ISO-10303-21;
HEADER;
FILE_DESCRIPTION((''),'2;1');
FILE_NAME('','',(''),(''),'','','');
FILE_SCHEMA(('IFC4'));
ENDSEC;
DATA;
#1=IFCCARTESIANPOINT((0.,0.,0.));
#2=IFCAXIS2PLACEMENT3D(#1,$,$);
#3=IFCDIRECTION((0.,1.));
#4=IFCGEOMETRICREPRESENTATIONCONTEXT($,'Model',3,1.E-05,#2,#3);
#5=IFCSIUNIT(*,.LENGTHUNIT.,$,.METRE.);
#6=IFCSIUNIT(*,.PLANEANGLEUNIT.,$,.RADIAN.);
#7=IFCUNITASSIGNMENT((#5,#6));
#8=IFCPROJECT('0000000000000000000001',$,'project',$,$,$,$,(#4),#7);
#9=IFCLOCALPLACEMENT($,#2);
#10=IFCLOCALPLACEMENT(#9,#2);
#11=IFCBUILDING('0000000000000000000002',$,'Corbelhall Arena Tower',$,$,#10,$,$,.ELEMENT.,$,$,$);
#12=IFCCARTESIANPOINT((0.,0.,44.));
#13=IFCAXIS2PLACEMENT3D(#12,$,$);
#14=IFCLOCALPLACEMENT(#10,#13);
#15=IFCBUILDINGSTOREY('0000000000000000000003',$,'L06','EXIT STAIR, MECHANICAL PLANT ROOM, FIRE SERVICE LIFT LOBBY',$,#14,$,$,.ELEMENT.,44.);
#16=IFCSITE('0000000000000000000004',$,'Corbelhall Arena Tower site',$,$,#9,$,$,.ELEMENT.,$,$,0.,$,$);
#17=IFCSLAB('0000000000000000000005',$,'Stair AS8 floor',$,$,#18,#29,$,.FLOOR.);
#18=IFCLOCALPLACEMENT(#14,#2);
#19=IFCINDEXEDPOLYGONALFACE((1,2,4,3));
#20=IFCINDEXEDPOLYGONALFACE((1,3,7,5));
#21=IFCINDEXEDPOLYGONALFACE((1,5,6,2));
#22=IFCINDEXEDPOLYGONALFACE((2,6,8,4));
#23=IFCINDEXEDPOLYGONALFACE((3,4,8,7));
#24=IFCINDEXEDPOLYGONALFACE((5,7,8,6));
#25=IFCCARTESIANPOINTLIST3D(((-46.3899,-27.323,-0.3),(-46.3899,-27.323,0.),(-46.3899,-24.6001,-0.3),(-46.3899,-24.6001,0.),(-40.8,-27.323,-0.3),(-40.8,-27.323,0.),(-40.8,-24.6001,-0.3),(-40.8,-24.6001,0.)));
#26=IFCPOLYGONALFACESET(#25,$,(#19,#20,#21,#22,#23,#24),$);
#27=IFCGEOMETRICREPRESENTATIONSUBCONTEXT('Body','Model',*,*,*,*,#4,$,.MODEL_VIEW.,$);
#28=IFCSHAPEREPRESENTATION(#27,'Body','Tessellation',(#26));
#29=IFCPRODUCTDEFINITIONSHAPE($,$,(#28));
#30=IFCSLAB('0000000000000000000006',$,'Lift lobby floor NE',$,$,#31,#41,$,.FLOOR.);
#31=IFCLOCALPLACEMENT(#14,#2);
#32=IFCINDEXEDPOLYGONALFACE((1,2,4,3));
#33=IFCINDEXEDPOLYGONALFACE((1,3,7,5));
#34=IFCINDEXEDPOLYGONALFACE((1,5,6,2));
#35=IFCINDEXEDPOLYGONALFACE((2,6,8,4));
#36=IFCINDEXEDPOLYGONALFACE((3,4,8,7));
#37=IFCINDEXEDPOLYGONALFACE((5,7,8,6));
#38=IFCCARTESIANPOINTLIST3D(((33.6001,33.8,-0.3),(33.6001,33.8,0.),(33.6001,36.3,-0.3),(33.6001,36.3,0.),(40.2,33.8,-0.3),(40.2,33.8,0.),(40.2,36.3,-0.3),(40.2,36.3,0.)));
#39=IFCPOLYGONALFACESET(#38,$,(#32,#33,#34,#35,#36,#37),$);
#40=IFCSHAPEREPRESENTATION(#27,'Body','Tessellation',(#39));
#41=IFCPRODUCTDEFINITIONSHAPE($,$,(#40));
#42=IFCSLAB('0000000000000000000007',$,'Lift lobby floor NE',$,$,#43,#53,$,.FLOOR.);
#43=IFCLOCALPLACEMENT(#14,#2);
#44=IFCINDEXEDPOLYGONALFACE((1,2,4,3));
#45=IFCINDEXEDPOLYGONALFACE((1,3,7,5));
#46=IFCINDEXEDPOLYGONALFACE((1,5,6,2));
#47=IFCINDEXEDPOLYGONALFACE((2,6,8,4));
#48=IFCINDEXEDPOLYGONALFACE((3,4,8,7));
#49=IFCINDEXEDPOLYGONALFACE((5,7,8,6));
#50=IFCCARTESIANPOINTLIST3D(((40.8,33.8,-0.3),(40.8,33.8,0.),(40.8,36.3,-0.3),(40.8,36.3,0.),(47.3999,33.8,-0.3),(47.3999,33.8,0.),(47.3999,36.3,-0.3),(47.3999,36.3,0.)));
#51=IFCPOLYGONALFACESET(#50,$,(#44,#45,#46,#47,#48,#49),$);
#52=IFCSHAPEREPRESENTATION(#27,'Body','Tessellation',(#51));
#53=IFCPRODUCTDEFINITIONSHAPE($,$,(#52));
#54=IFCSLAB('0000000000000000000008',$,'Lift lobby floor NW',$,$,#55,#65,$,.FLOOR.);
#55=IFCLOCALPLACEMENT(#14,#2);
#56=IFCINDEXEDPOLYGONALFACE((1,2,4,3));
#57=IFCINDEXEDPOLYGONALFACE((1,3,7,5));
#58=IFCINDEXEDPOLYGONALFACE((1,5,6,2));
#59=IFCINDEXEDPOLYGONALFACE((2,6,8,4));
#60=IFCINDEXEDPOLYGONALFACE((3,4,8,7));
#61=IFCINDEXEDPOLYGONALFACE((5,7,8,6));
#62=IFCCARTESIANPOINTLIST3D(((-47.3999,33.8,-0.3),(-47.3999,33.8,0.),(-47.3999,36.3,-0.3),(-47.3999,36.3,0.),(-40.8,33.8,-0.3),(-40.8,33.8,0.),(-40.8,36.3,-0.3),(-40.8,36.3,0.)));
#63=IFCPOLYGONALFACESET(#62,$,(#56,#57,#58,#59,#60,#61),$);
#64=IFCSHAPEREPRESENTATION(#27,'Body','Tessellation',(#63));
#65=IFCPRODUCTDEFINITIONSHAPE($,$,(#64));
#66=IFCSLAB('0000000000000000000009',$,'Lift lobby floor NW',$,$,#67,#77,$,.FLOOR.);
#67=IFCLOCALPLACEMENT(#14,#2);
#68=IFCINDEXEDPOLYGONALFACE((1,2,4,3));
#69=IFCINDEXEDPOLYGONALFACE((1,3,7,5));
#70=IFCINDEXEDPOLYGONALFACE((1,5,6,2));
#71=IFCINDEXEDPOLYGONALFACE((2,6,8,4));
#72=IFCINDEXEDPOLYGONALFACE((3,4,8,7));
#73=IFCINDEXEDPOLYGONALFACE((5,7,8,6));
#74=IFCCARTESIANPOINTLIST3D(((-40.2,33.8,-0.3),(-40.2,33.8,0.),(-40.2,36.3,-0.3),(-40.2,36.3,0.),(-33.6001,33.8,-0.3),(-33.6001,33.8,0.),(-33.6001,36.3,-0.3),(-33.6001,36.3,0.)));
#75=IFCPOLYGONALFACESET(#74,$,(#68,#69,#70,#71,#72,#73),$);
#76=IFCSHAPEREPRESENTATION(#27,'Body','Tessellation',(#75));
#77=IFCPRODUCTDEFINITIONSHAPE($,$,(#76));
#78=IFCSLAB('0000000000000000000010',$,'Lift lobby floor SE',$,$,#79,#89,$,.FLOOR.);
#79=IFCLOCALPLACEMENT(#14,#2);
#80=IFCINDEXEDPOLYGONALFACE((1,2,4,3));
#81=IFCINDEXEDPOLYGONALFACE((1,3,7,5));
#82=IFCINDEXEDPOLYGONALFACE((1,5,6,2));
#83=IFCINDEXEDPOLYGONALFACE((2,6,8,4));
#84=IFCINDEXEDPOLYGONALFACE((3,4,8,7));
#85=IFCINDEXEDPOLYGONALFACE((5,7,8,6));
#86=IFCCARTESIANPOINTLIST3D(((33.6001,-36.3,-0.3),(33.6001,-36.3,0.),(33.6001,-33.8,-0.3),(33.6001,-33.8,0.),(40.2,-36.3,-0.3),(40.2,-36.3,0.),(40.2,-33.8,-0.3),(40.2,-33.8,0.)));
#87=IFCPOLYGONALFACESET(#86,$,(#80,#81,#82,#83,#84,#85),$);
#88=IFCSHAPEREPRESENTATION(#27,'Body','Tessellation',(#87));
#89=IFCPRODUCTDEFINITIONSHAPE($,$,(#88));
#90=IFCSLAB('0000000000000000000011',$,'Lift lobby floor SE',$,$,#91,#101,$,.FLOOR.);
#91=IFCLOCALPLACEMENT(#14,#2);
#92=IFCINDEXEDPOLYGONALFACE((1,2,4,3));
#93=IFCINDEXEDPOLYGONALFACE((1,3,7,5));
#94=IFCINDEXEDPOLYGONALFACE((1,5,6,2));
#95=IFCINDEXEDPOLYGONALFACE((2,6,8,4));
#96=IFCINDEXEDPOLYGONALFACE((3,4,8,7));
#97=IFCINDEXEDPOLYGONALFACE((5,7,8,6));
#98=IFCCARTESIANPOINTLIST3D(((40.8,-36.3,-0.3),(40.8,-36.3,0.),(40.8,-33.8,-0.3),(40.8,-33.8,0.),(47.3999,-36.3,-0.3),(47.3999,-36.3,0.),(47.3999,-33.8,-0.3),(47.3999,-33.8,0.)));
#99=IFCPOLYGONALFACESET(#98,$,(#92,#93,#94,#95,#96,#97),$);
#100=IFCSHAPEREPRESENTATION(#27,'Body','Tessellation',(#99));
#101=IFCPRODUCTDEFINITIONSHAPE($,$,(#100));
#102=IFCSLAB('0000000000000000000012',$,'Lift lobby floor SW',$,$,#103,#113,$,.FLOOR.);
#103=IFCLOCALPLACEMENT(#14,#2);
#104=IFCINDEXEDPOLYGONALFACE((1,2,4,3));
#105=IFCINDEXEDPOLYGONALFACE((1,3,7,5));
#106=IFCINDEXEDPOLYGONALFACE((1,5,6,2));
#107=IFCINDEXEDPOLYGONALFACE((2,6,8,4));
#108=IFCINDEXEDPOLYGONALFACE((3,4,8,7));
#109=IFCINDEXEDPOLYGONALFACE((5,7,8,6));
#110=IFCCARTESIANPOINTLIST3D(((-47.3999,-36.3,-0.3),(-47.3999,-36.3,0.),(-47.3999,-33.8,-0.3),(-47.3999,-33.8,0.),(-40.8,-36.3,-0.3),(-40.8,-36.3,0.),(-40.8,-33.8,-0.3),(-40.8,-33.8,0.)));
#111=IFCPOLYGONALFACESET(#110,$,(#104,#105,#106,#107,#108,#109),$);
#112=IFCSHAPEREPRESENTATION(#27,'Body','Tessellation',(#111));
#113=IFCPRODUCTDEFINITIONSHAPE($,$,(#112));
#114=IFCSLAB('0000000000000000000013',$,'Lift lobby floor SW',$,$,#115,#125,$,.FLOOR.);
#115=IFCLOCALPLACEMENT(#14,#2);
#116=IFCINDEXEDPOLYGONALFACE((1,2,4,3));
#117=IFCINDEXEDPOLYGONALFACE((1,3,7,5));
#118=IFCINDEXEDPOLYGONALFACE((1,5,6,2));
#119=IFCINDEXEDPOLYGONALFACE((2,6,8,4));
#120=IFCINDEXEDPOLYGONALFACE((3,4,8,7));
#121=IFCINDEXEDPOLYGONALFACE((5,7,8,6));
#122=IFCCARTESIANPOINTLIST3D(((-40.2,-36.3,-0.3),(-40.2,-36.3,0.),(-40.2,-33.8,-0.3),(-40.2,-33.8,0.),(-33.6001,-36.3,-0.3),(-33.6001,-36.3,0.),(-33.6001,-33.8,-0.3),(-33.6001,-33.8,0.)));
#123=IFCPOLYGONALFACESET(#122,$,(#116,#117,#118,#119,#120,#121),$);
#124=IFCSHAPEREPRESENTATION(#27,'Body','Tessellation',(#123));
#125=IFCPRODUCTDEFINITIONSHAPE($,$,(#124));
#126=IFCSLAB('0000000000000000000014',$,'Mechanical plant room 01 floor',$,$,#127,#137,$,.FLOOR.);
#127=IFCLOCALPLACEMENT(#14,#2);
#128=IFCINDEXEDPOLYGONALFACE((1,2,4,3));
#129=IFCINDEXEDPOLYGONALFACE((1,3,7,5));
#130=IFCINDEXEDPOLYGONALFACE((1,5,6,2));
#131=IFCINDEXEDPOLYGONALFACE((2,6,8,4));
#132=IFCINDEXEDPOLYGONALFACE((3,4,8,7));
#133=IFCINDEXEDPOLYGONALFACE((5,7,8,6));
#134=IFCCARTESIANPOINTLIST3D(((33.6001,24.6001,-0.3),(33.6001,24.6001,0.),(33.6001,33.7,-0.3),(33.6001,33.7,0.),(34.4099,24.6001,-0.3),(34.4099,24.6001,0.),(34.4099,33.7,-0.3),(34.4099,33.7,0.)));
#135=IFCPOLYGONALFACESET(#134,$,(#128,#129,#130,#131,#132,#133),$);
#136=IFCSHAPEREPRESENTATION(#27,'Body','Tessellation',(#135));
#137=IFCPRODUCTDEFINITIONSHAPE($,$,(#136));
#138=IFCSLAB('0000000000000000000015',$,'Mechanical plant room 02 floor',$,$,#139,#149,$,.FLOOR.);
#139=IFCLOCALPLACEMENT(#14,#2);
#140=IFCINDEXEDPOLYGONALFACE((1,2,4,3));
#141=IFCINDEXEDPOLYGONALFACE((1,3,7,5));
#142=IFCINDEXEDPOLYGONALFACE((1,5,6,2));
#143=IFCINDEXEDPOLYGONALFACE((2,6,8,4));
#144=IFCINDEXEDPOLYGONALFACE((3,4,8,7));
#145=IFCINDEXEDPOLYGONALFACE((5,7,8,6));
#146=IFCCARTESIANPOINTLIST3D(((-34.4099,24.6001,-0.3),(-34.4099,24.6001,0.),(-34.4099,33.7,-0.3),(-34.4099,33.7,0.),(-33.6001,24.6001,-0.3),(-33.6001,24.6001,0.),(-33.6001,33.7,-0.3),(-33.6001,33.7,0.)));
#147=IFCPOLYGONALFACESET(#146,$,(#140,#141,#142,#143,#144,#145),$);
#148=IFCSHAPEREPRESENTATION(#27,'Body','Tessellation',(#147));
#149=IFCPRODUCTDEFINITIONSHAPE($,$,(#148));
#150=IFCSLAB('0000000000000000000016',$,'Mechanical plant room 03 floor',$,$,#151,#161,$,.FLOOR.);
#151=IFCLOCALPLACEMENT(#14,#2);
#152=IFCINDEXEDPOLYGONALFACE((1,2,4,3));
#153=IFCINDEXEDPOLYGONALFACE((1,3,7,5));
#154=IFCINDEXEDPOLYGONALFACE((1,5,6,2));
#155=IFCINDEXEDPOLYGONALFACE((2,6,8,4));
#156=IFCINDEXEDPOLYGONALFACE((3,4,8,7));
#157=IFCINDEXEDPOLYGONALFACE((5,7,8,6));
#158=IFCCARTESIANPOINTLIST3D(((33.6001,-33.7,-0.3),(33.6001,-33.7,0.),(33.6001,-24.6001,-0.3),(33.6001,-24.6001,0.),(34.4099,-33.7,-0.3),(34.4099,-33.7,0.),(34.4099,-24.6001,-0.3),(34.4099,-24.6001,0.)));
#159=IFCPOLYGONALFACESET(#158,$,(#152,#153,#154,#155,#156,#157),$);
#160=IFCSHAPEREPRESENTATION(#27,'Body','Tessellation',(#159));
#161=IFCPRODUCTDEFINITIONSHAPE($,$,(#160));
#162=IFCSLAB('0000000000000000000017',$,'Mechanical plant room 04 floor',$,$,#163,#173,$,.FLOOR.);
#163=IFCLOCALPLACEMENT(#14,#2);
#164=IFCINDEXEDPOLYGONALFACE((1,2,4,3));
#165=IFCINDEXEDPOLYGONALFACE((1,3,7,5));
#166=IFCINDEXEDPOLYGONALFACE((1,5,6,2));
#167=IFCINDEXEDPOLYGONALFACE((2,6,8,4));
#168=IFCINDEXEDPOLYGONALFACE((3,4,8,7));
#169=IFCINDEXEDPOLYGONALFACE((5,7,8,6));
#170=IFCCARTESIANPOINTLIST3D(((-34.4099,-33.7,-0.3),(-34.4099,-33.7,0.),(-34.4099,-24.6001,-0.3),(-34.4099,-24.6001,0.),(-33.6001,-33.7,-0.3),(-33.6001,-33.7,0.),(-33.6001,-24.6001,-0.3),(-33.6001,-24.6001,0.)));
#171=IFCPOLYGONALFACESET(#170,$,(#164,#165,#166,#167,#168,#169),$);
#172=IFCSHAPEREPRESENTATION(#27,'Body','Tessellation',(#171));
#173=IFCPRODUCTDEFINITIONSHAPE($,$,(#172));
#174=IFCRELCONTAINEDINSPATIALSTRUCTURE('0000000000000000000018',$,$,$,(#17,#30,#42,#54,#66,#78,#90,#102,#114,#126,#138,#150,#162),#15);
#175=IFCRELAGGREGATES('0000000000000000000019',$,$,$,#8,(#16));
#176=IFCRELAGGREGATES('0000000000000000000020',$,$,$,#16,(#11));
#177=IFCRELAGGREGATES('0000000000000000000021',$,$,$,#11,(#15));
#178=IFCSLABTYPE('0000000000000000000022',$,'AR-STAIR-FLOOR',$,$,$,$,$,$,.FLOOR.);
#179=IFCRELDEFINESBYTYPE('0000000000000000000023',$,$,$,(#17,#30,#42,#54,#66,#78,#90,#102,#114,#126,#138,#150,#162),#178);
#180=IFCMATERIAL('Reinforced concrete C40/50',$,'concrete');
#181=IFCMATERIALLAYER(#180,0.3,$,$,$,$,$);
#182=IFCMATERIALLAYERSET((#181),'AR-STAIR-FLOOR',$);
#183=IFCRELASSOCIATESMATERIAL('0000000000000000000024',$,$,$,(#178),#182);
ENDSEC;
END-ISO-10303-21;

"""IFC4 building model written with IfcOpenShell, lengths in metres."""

from ifc_helpers import new_model, si_unit, direction, frame, origin, place, context, subcontext, project, spatial, polyline, outline, extrude, material, layer, layer_set, type_object, element, save


model = new_model("IFC4")

# Units and contexts
model_context = context("Model", 3, precision=1e-05, world=origin(), true_north=direction((0.0, 1.0)))
body_context = subcontext(model_context, "Body", "Model", "MODEL_VIEW")
ifc_project = project(units=[si_unit("LENGTHUNIT", "METRE"), si_unit("PLANEANGLEUNIT", "RADIAN")], contexts=[model_context])

# Site, building, storey
site_placement = place(None, origin())
site = spatial("IfcSite", under=ifc_project, at=site_placement, Name="Corbelhall Arena Tower site", CompositionType="ELEMENT", RefElevation=0.0)
building_placement = place(site_placement, origin())
building = spatial("IfcBuilding", under=site, at=building_placement, Name="Corbelhall Arena Tower", CompositionType="ELEMENT")
storey_placement = place(building_placement, frame((0.0, 0.0, 44.0)))
storey = spatial("IfcBuildingStorey", under=building, at=storey_placement, Name="L06", Description="EXIT STAIR, MECHANICAL PLANT ROOM, FIRE SERVICE LIFT LOBBY", CompositionType="ELEMENT", Elevation=44.0)

# Shared definitions
ifc_material = material(Name="Reinforced concrete C40/50", Category="concrete")

# Slabs
ifc_layer_1 = layer(ifc_material, 0.3)
ifc_layer_set_1 = layer_set([ifc_layer_1], Name="AR-STAIR-FLOOR")
slab_type_1 = type_object("IfcSlabType", Name="AR-STAIR-FLOOR", PredefinedType="FLOOR", material=ifc_layer_set_1)
slab_1_placement = place(storey_placement, frame((0.0, 0.0, -0.3)))
element("IfcSlab", 1, at=slab_1_placement, inside=storey, type_object=slab_type_1, Name="Stair AS8 floor", PredefinedType="FLOOR", context=body_context, shape_type="SweptSolid", body=[
    extrude(outline(polyline([(-46.3899, -24.6001), (-40.8, -24.6001), (-40.8, -27.323), (-46.3899, -27.323), (-46.3899, -24.6001)])), origin(), (0.0, 0.0, 1.0), 0.3),
])
slab_2_placement = place(storey_placement, frame((0.0, 0.0, -0.3)))
element("IfcSlab", 2, at=slab_2_placement, inside=storey, type_object=slab_type_1, Name="Lift lobby floor NE", PredefinedType="FLOOR", context=body_context, shape_type="SweptSolid", body=[
    extrude(outline(polyline([(40.2, 33.8), (40.2, 36.3), (33.6001, 36.3), (33.6001, 33.8), (40.2, 33.8)])), origin(), (0.0, 0.0, 1.0), 0.3),
])
slab_3_placement = place(storey_placement, frame((0.0, 0.0, -0.3)))
element("IfcSlab", 3, at=slab_3_placement, inside=storey, type_object=slab_type_1, Name="Lift lobby floor NE", PredefinedType="FLOOR", context=body_context, shape_type="SweptSolid", body=[
    extrude(outline(polyline([(47.3999, 33.8), (47.3999, 36.3), (40.8, 36.3), (40.8, 33.8), (47.3999, 33.8)])), origin(), (0.0, 0.0, 1.0), 0.3),
])
slab_4_placement = place(storey_placement, frame((0.0, 0.0, -0.3)))
element("IfcSlab", 4, at=slab_4_placement, inside=storey, type_object=slab_type_1, Name="Lift lobby floor NW", PredefinedType="FLOOR", context=body_context, shape_type="SweptSolid", body=[
    extrude(outline(polyline([(-40.8, 33.8), (-40.8, 36.3), (-47.3999, 36.3), (-47.3999, 33.8), (-40.8, 33.8)])), origin(), (0.0, 0.0, 1.0), 0.3),
])
slab_5_placement = place(storey_placement, frame((0.0, 0.0, -0.3)))
element("IfcSlab", 5, at=slab_5_placement, inside=storey, type_object=slab_type_1, Name="Lift lobby floor NW", PredefinedType="FLOOR", context=body_context, shape_type="SweptSolid", body=[
    extrude(outline(polyline([(-33.6001, 33.8), (-33.6001, 36.3), (-40.2, 36.3), (-40.2, 33.8), (-33.6001, 33.8)])), origin(), (0.0, 0.0, 1.0), 0.3),
])
slab_6_placement = place(storey_placement, frame((0.0, 0.0, -0.3)))
element("IfcSlab", 6, at=slab_6_placement, inside=storey, type_object=slab_type_1, Name="Lift lobby floor SE", PredefinedType="FLOOR", context=body_context, shape_type="SweptSolid", body=[
    extrude(outline(polyline([(40.2, -36.3), (40.2, -33.8), (33.6001, -33.8), (33.6001, -36.3), (40.2, -36.3)])), origin(), (0.0, 0.0, 1.0), 0.3),
])
slab_7_placement = place(storey_placement, frame((0.0, 0.0, -0.3)))
element("IfcSlab", 7, at=slab_7_placement, inside=storey, type_object=slab_type_1, Name="Lift lobby floor SE", PredefinedType="FLOOR", context=body_context, shape_type="SweptSolid", body=[
    extrude(outline(polyline([(47.3999, -36.3), (47.3999, -33.8), (40.8, -33.8), (40.8, -36.3), (47.3999, -36.3)])), origin(), (0.0, 0.0, 1.0), 0.3),
])
slab_8_placement = place(storey_placement, frame((0.0, 0.0, -0.3)))
element("IfcSlab", 8, at=slab_8_placement, inside=storey, type_object=slab_type_1, Name="Lift lobby floor SW", PredefinedType="FLOOR", context=body_context, shape_type="SweptSolid", body=[
    extrude(outline(polyline([(-40.8, -36.3), (-40.8, -33.8), (-47.3999, -33.8), (-47.3999, -36.3), (-40.8, -36.3)])), origin(), (0.0, 0.0, 1.0), 0.3),
])
slab_9_placement = place(storey_placement, frame((0.0, 0.0, -0.3)))
element("IfcSlab", 9, at=slab_9_placement, inside=storey, type_object=slab_type_1, Name="Lift lobby floor SW", PredefinedType="FLOOR", context=body_context, shape_type="SweptSolid", body=[
    extrude(outline(polyline([(-33.6001, -36.3), (-33.6001, -33.8), (-40.2, -33.8), (-40.2, -36.3), (-33.6001, -36.3)])), origin(), (0.0, 0.0, 1.0), 0.3),
])
slab_10_placement = place(storey_placement, frame((0.0, 0.0, -0.3)))
element("IfcSlab", 10, at=slab_10_placement, inside=storey, type_object=slab_type_1, Name="Mechanical plant room 01 floor", PredefinedType="FLOOR", context=body_context, shape_type="SweptSolid", body=[
    extrude(outline(polyline([(34.4099, 24.6001), (34.4099, 33.7), (33.6001, 33.7), (33.6001, 24.6001), (34.4099, 24.6001)])), origin(), (0.0, 0.0, 1.0), 0.3),
])
slab_11_placement = place(storey_placement, frame((0.0, 0.0, -0.3)))
element("IfcSlab", 11, at=slab_11_placement, inside=storey, type_object=slab_type_1, Name="Mechanical plant room 02 floor", PredefinedType="FLOOR", context=body_context, shape_type="SweptSolid", body=[
    extrude(outline(polyline([(-33.6001, 24.6001), (-33.6001, 33.7), (-34.4099, 33.7), (-34.4099, 24.6001), (-33.6001, 24.6001)])), origin(), (0.0, 0.0, 1.0), 0.3),
])
slab_12_placement = place(storey_placement, frame((0.0, 0.0, -0.3)))
element("IfcSlab", 12, at=slab_12_placement, inside=storey, type_object=slab_type_1, Name="Mechanical plant room 03 floor", PredefinedType="FLOOR", context=body_context, shape_type="SweptSolid", body=[
    extrude(outline(polyline([(34.4099, -33.7), (34.4099, -24.6001), (33.6001, -24.6001), (33.6001, -33.7), (34.4099, -33.7)])), origin(), (0.0, 0.0, 1.0), 0.3),
])
slab_13_placement = place(storey_placement, frame((0.0, 0.0, -0.3)))
element("IfcSlab", 13, at=slab_13_placement, inside=storey, type_object=slab_type_1, Name="Mechanical plant room 04 floor", PredefinedType="FLOOR", context=body_context, shape_type="SweptSolid", body=[
    extrude(outline(polyline([(-33.6001, -33.7), (-33.6001, -24.6001), (-34.4099, -24.6001), (-34.4099, -33.7), (-33.6001, -33.7)])), origin(), (0.0, 0.0, 1.0), 0.3),
])

save(model, "model.ifc")
